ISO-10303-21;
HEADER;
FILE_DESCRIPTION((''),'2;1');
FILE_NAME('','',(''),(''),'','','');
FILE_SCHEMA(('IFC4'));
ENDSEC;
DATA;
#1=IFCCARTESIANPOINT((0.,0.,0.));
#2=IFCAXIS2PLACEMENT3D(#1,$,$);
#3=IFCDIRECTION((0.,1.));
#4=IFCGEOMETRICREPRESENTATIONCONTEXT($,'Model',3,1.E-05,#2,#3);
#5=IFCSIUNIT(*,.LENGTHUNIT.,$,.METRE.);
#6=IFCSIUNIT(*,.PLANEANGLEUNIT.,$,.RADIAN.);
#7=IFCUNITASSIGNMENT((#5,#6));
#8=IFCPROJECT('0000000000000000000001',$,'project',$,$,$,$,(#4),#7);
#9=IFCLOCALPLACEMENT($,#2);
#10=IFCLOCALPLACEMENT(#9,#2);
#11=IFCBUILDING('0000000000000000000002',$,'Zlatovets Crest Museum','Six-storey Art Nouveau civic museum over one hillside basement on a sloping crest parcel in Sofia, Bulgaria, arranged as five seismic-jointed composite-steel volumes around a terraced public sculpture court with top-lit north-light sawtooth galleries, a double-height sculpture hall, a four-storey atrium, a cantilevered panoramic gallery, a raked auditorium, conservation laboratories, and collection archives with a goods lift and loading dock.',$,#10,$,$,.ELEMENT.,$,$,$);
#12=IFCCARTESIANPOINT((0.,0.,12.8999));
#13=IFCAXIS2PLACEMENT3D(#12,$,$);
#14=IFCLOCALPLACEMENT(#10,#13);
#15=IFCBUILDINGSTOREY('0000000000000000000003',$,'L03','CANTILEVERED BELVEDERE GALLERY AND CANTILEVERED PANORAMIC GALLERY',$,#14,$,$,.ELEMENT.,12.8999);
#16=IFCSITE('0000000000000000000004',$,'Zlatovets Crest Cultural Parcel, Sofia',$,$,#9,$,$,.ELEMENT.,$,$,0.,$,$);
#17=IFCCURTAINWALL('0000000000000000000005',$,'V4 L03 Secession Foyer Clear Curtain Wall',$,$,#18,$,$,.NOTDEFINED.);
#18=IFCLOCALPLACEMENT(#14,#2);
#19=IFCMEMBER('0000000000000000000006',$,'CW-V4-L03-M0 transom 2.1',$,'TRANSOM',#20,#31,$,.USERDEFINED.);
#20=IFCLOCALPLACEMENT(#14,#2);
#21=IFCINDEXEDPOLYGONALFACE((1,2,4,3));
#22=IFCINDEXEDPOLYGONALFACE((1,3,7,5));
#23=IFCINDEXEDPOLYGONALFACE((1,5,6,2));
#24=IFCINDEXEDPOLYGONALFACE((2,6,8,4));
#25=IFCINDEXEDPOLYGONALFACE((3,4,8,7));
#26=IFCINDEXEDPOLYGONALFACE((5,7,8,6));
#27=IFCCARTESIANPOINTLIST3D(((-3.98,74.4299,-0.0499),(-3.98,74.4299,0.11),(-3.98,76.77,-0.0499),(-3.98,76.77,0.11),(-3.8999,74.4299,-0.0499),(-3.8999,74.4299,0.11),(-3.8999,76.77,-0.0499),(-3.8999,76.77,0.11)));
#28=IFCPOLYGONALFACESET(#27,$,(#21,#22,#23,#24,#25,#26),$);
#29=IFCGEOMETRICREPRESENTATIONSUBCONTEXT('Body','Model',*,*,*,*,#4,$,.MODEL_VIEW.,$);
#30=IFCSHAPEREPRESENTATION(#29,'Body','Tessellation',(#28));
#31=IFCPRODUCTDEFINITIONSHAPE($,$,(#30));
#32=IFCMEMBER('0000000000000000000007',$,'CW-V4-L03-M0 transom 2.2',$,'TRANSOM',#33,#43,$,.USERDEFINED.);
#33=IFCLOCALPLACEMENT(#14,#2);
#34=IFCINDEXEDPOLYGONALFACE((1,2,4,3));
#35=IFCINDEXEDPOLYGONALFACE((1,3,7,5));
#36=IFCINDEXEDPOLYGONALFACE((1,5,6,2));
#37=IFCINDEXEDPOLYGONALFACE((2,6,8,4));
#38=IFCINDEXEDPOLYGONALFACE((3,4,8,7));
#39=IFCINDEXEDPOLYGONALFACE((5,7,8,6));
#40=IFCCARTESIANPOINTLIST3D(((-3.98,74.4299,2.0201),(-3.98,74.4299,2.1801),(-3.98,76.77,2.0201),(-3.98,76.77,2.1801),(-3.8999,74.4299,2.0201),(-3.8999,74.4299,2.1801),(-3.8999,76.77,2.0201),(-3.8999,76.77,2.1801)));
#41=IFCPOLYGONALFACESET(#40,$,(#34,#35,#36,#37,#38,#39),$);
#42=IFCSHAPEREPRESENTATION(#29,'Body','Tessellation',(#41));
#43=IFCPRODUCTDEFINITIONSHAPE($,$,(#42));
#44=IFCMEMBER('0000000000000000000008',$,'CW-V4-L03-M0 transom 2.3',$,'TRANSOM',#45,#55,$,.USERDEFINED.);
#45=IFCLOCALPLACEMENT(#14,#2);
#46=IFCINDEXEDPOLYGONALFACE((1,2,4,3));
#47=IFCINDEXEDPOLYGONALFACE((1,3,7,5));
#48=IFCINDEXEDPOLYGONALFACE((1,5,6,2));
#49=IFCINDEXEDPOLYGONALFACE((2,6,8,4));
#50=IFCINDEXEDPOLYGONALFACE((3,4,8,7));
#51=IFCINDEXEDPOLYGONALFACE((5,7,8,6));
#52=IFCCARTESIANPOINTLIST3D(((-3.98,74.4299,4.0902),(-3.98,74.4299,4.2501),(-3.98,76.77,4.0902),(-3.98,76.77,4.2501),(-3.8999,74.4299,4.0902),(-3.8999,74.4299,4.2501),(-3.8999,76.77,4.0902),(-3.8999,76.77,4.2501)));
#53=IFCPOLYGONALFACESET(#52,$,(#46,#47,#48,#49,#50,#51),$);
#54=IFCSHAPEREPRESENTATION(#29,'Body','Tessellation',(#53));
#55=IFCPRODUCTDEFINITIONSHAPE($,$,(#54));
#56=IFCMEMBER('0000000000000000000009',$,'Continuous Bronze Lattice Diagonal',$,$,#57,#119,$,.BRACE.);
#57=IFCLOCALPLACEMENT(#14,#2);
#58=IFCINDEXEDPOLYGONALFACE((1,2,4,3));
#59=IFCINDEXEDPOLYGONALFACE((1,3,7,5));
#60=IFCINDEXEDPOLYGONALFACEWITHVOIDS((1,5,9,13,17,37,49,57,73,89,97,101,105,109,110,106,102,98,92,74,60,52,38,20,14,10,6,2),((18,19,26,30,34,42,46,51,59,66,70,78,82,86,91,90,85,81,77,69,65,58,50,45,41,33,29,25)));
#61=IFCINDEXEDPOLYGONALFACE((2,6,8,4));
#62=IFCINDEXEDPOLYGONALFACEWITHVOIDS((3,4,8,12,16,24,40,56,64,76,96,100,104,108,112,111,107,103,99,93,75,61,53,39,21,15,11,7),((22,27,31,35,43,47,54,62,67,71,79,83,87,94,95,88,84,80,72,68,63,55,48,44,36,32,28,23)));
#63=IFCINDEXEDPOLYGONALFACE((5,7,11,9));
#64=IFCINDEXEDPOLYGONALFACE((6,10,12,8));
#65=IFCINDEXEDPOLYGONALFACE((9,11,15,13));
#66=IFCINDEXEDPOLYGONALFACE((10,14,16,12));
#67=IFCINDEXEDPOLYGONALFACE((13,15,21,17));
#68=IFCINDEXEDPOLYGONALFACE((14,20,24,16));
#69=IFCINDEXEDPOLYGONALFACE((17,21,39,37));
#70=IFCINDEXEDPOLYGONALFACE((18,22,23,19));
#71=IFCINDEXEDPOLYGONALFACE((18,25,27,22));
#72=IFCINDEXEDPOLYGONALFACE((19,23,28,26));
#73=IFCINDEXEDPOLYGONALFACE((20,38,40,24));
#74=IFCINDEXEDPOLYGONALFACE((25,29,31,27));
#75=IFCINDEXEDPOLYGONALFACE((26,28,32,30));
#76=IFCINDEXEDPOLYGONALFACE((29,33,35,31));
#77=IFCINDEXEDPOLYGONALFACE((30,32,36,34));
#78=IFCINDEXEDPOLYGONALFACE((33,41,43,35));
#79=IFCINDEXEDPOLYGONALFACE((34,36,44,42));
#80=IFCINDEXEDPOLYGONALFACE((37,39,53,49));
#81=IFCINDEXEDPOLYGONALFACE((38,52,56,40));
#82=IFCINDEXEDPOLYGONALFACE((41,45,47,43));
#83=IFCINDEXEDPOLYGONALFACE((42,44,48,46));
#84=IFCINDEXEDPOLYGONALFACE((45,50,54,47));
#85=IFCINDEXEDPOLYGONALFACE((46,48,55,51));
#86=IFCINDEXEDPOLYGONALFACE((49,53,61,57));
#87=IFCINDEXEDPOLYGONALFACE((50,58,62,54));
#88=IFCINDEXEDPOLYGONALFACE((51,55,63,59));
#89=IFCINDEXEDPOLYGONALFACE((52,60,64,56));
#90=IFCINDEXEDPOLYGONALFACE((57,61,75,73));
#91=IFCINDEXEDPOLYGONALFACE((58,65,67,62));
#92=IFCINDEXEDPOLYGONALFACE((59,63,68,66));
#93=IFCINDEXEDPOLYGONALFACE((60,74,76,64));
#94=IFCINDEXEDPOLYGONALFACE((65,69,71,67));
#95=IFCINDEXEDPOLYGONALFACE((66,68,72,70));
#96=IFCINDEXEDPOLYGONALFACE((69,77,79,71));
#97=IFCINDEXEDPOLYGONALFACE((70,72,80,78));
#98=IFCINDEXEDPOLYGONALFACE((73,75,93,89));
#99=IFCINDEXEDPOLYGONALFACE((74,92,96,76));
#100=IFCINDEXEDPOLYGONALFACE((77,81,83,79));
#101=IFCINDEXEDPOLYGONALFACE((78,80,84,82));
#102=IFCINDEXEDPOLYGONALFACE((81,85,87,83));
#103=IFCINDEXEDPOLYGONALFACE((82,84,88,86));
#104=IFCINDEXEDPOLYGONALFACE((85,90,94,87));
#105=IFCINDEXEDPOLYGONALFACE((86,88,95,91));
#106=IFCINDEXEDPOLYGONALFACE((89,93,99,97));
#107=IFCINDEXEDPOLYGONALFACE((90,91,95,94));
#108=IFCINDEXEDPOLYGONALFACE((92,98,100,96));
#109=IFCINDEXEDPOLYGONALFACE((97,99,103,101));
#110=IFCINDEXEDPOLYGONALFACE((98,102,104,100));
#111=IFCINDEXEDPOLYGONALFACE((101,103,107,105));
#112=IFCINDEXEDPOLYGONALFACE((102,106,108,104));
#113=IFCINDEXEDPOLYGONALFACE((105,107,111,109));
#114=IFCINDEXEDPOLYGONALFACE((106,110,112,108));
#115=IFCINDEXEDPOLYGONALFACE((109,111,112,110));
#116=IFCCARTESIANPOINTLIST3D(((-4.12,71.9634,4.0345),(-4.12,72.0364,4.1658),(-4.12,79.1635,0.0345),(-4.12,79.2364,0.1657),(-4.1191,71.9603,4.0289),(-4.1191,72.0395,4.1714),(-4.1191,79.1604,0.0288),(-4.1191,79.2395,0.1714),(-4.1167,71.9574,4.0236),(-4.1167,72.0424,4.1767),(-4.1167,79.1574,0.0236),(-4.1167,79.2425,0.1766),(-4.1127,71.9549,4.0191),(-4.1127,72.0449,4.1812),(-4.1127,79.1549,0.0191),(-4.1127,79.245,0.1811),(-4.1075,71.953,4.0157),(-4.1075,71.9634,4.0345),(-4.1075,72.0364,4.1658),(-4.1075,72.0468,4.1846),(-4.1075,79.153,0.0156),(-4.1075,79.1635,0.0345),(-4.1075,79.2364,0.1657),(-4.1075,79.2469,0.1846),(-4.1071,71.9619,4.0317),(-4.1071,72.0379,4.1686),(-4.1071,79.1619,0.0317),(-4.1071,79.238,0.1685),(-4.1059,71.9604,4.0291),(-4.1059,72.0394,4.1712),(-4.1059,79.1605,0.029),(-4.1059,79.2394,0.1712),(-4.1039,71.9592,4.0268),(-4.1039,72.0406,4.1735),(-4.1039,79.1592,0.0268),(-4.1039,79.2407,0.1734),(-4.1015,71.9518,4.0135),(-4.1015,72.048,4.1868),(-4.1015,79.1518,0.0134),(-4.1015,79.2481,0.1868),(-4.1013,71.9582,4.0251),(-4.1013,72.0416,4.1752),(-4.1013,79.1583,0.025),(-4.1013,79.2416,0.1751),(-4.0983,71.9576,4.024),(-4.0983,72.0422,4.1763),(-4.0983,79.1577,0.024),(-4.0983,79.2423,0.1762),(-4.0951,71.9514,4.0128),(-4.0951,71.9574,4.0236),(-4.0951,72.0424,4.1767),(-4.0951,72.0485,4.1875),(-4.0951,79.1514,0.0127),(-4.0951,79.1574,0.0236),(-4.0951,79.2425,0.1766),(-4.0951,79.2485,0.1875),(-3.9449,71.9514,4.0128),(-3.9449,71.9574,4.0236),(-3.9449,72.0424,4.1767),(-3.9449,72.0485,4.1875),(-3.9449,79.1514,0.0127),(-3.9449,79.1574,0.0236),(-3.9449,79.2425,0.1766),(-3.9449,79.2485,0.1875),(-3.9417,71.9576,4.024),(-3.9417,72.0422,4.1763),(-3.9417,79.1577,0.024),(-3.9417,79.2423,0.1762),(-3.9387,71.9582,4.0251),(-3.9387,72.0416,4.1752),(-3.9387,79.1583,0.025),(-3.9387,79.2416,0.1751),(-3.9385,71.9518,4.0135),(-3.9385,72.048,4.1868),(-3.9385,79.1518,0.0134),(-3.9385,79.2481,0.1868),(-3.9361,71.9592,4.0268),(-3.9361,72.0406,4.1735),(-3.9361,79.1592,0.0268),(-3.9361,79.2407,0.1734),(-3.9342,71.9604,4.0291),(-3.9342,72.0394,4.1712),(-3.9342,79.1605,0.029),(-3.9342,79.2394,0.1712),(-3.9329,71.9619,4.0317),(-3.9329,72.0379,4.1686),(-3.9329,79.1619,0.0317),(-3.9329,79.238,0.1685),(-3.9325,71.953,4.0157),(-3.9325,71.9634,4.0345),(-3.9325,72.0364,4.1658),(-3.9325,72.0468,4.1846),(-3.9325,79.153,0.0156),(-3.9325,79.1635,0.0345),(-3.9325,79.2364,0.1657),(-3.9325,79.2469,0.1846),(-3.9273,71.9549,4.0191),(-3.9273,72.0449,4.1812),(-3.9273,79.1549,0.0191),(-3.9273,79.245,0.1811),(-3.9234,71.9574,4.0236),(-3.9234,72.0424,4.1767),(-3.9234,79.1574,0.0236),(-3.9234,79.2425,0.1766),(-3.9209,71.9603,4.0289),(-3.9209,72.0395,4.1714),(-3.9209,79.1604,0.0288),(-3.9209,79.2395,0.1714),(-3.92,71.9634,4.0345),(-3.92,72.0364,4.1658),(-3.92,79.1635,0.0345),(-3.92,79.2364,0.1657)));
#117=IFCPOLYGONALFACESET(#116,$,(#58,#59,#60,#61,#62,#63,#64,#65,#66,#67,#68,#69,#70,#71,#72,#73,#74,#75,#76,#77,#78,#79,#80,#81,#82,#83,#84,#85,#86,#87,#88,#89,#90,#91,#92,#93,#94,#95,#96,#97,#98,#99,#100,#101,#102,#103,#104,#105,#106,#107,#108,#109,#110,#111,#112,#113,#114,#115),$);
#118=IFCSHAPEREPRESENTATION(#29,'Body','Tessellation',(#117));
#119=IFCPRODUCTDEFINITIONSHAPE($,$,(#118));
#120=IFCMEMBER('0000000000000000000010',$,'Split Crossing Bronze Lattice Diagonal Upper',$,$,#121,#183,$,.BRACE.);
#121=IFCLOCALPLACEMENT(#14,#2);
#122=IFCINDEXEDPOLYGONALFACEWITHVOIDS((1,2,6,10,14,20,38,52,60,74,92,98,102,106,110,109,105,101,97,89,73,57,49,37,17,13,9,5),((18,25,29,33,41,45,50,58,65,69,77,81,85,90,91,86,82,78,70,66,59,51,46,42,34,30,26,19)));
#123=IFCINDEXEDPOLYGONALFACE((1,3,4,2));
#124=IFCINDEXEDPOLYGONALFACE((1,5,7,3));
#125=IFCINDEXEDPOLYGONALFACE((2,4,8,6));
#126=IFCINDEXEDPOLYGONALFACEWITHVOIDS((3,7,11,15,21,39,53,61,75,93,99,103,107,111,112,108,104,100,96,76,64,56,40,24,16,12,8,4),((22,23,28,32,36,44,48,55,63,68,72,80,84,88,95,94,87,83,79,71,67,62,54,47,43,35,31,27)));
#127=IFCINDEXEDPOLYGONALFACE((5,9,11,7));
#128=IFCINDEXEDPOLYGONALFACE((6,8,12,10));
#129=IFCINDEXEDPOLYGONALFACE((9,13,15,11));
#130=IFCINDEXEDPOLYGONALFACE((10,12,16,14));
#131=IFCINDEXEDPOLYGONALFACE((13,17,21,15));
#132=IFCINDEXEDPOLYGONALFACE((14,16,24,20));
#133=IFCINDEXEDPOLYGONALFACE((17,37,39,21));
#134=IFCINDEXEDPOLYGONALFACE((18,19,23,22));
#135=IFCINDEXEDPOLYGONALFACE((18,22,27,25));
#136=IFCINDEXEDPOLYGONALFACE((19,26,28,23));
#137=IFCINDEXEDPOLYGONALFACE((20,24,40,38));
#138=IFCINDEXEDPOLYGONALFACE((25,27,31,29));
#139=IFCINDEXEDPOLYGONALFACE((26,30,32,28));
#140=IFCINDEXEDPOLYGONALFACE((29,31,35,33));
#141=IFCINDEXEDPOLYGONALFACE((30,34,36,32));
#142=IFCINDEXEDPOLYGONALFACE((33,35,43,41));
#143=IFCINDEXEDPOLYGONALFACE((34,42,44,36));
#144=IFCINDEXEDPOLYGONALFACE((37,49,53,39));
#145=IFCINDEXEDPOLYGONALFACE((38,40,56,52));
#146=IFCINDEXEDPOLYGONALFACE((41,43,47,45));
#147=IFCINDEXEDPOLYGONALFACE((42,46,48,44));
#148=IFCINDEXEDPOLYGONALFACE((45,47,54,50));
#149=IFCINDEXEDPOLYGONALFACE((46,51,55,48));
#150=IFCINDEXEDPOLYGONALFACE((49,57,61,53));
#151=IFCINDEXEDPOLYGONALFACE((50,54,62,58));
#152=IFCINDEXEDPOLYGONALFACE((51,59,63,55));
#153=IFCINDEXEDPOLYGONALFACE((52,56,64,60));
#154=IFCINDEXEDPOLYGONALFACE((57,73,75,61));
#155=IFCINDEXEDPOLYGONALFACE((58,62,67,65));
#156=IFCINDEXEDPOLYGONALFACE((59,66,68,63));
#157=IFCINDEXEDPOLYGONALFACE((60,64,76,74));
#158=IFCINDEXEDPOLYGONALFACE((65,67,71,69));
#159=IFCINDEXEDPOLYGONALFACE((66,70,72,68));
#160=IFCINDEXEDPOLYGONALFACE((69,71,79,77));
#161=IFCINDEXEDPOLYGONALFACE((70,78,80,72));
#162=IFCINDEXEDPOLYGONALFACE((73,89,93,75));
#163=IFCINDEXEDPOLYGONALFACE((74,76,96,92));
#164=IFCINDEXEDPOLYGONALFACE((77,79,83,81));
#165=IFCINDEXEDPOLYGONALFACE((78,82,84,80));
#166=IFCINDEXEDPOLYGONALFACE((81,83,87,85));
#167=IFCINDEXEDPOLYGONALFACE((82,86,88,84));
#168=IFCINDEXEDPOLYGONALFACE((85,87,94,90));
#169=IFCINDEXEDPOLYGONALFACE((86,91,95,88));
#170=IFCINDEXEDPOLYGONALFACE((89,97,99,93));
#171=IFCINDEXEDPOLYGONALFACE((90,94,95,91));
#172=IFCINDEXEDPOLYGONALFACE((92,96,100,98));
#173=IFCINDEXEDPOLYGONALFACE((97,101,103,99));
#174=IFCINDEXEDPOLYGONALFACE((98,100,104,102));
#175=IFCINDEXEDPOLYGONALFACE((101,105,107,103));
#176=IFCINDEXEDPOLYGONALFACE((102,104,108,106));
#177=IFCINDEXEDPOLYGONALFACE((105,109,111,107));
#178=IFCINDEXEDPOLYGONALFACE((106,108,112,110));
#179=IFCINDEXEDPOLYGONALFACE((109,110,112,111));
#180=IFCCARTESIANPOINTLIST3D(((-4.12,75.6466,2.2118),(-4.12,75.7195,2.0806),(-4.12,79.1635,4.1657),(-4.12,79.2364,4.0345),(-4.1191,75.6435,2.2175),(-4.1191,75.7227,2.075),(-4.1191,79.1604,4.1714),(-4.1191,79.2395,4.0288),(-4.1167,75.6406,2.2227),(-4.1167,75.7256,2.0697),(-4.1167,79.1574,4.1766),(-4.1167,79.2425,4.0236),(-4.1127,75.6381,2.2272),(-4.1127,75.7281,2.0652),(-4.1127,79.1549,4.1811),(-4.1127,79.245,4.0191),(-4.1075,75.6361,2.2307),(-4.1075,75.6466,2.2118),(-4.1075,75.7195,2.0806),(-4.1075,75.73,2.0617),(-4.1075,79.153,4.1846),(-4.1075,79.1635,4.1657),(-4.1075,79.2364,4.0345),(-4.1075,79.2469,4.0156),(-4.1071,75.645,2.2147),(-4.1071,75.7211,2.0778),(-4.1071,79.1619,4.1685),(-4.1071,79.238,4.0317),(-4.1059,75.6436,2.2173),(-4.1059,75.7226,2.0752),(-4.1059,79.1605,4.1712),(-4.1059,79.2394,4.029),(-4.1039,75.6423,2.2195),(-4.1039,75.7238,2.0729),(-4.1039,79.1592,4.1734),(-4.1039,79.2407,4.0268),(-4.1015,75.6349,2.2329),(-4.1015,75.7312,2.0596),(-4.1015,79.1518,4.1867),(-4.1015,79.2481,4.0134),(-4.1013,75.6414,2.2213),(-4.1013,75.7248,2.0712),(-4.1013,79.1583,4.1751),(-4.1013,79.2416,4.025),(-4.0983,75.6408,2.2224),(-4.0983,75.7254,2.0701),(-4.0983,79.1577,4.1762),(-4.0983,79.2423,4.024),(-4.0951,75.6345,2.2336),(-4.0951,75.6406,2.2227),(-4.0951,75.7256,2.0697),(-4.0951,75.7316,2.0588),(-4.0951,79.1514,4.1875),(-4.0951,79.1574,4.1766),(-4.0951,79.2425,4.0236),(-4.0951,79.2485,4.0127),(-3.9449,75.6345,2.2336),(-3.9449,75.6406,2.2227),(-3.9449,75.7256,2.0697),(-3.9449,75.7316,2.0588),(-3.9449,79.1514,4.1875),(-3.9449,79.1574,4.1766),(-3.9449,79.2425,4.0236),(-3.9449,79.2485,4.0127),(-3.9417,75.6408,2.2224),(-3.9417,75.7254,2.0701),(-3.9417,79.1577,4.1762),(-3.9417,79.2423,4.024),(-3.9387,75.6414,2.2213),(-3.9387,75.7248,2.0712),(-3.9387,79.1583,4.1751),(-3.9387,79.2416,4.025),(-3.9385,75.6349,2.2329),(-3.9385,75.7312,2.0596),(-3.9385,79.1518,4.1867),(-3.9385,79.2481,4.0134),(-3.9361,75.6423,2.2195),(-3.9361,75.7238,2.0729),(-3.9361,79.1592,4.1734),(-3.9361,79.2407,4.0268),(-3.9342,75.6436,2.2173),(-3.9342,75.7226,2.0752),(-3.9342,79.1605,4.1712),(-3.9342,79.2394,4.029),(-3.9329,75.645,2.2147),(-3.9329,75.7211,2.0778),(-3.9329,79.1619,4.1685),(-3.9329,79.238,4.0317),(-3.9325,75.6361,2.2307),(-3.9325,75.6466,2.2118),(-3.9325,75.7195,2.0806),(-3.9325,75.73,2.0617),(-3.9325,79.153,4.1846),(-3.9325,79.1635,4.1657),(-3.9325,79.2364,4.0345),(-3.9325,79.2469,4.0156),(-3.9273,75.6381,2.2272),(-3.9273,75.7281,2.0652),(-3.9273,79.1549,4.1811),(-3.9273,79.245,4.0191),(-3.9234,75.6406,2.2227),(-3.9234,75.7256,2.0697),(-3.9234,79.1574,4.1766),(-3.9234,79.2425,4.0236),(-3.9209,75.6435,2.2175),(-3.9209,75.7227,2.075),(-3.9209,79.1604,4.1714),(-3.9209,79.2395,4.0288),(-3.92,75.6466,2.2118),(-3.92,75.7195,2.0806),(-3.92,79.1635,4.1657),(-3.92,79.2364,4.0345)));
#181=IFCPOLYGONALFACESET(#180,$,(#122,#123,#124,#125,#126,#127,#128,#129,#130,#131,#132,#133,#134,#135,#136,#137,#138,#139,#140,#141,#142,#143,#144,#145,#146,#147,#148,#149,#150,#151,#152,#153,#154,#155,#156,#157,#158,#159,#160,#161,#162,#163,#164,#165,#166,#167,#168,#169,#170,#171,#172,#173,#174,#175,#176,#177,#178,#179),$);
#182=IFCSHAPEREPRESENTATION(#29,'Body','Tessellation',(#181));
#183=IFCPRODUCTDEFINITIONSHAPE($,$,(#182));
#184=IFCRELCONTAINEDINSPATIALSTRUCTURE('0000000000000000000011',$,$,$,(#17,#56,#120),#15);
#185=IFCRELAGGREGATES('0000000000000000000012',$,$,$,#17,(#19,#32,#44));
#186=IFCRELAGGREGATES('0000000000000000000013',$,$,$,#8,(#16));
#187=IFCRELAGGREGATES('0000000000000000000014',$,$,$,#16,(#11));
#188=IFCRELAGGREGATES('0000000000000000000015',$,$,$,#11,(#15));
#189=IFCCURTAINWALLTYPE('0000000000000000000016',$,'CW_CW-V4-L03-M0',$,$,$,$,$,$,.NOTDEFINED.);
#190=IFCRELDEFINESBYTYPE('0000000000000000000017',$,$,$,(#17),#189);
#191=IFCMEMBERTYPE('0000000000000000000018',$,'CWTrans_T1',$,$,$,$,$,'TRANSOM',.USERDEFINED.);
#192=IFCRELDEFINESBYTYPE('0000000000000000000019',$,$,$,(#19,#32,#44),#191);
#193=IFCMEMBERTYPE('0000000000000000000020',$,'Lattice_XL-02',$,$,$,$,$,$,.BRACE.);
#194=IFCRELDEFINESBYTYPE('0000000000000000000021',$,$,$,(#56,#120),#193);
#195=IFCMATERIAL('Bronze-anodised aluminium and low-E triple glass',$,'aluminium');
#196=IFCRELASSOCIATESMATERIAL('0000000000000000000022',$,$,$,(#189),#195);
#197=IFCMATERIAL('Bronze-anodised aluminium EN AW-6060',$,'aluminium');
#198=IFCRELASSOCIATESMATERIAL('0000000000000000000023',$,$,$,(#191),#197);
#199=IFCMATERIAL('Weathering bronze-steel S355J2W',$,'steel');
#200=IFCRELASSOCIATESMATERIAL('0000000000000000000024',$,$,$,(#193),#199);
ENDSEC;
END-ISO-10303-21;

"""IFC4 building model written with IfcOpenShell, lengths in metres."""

from ifc_helpers import new_model, si_unit, direction, frame, origin, origin_2d, place, context, subcontext, project, spatial, rectangle, hollow_rectangle, extrude, material, material_profile, profile_set, type_object, element, aggregate, save


model = new_model("IFC4")

# Units and contexts
model_context = context("Model", 3, precision=1e-05, world=origin(), true_north=direction((0.0, 1.0)))
body_context = subcontext(model_context, "Body", "Model", "MODEL_VIEW")
ifc_project = project(units=[si_unit("LENGTHUNIT", "METRE"), si_unit("PLANEANGLEUNIT", "RADIAN")], contexts=[model_context])

# Site, building, storey
site_placement = place(None, origin())
site = spatial("IfcSite", under=ifc_project, at=site_placement, Name="Zlatovets Crest Cultural Parcel, Sofia", CompositionType="ELEMENT", RefElevation=0.0)
building_placement = place(site_placement, origin())
building = spatial("IfcBuilding", under=site, at=building_placement, Name="Zlatovets Crest Museum", Description="Six-storey Art Nouveau civic museum over one hillside basement on a sloping crest parcel in Sofia, Bulgaria, arranged as five seismic-jointed composite-steel volumes around a terraced public sculpture court with top-lit north-light sawtooth galleries, a double-height sculpture hall, a four-storey atrium, a cantilevered panoramic gallery, a raked auditorium, conservation laboratories, and collection archives with a goods lift and loading dock.", CompositionType="ELEMENT")
storey_placement = place(building_placement, frame((0.0, 0.0, 12.8999)))
storey = spatial("IfcBuildingStorey", under=building, at=storey_placement, Name="L03", Description="CANTILEVERED BELVEDERE GALLERY AND CANTILEVERED PANORAMIC GALLERY", CompositionType="ELEMENT", Elevation=12.8999)

# Shared definitions
ifc_material_1 = material(Name="Bronze-anodised aluminium and low-E triple glass", Category="aluminium")
ifc_material_2 = material(Name="Bronze-anodised aluminium EN AW-6060", Category="aluminium")

# Curtain wall
curtain_wall_type_1 = type_object("IfcCurtainWallType", Name="CW_CW-V4-L03-M0", PredefinedType="NOTDEFINED", material=ifc_material_1)
curtain_wall_1_placement = place(storey_placement, origin())
curtain_wall_1 = element("IfcCurtainWall", 1, at=curtain_wall_1_placement, inside=storey, type_object=curtain_wall_type_1, Name="V4 L03 Secession Foyer Clear Curtain Wall", PredefinedType="NOTDEFINED")

# Members
ifc_material_profile_1 = material_profile(ifc_material_2, rectangle(XDim=0.0801, YDim=0.1599, at=origin_2d()), Name="ALU 80x160")
ifc_profile_set_1 = profile_set([ifc_material_profile_1], Name="Bronze-anodised aluminium EN AW-6060")
member_type_1 = type_object("IfcMemberType", Name="CWTrans_T1", ElementType="TRANSOM", PredefinedType="USERDEFINED", material=ifc_profile_set_1)
member_1_placement = place(storey_placement, frame((-3.9399, 76.77, 0.03), z_axis=(0.0, -1.0, 0.0), x_axis=(1.0, 0.0, 0.0)))
member_1 = element("IfcMember", 2, at=member_1_placement, type_object=member_type_1, Name="CW-V4-L03-M0 transom 2.1", ObjectType="TRANSOM", PredefinedType="USERDEFINED", context=body_context, shape_type="SweptSolid", body=[
    extrude(rectangle(XDim=0.0801, YDim=0.1599, at=origin_2d()), origin(), (0.0, 0.0, 1.0), 2.3401),
])
member_2_placement = place(storey_placement, frame((-3.9399, 76.77, 2.1001), z_axis=(0.0, -1.0, 0.0), x_axis=(1.0, 0.0, 0.0)))
member_2 = element("IfcMember", 3, at=member_2_placement, type_object=member_type_1, Name="CW-V4-L03-M0 transom 2.2", ObjectType="TRANSOM", PredefinedType="USERDEFINED", context=body_context, shape_type="SweptSolid", body=[
    extrude(rectangle(XDim=0.0801, YDim=0.1599, at=origin_2d()), origin(), (0.0, 0.0, 1.0), 2.3401),
])
member_3_placement = place(storey_placement, frame((-3.9399, 76.77, 4.1702), z_axis=(0.0, -1.0, 0.0), x_axis=(1.0, 0.0, 0.0)))
member_3 = element("IfcMember", 4, at=member_3_placement, type_object=member_type_1, Name="CW-V4-L03-M0 transom 2.3", ObjectType="TRANSOM", PredefinedType="USERDEFINED", context=body_context, shape_type="SweptSolid", body=[
    extrude(rectangle(XDim=0.0801, YDim=0.1599, at=origin_2d()), origin(), (0.0, 0.0, 1.0), 2.3401),
])

# Members
ifc_material_3 = material(Name="Weathering bronze-steel S355J2W", Category="steel")
ifc_material_profile_2 = material_profile(ifc_material_3, hollow_rectangle(XDim=0.2, YDim=0.2, WallThickness=0.0125, InnerFilletRadius=0.0125, OuterFilletRadius=0.0249, at=origin_2d()), Name="SHS 200x200x12.5")
ifc_profile_set_2 = profile_set([ifc_material_profile_2], Name="Weathering bronze-steel S355J2W")
member_type_2 = type_object("IfcMemberType", Name="Lattice_XL-02", PredefinedType="BRACE", material=ifc_profile_set_2)
member_4_placement = place(storey_placement, frame((-4.02, 79.2, 0.1001), z_axis=(0.0, -0.874156, 0.485645), x_axis=(1.0, 0.0, 0.0)))
element("IfcMember", 5, at=member_4_placement, inside=storey, type_object=member_type_2, Name="Continuous Bronze Lattice Diagonal", PredefinedType="BRACE", context=body_context, shape_type="SweptSolid", body=[
    extrude(hollow_rectangle(XDim=0.2, YDim=0.2, WallThickness=0.0125, InnerFilletRadius=0.0125, OuterFilletRadius=0.0249, at=origin_2d()), origin(), (0.0, 0.0, 1.0), 8.2366),
])
member_5_placement = place(storey_placement, frame((-4.02, 79.2, 4.1001), z_axis=(0.0, -0.874152, -0.485653), x_axis=(1.0, 0.0, 0.0)))
element("IfcMember", 6, at=member_5_placement, inside=storey, type_object=member_type_2, Name="Split Crossing Bronze Lattice Diagonal Upper", PredefinedType="BRACE", context=body_context, shape_type="SweptSolid", body=[
    extrude(hollow_rectangle(XDim=0.2, YDim=0.2, WallThickness=0.0125, InnerFilletRadius=0.0125, OuterFilletRadius=0.0249, at=origin_2d()), origin(), (0.0, 0.0, 1.0), 4.0232),
])

aggregate(curtain_wall_1, [member_1, member_2, member_3])

save(model, "model.ifc")
